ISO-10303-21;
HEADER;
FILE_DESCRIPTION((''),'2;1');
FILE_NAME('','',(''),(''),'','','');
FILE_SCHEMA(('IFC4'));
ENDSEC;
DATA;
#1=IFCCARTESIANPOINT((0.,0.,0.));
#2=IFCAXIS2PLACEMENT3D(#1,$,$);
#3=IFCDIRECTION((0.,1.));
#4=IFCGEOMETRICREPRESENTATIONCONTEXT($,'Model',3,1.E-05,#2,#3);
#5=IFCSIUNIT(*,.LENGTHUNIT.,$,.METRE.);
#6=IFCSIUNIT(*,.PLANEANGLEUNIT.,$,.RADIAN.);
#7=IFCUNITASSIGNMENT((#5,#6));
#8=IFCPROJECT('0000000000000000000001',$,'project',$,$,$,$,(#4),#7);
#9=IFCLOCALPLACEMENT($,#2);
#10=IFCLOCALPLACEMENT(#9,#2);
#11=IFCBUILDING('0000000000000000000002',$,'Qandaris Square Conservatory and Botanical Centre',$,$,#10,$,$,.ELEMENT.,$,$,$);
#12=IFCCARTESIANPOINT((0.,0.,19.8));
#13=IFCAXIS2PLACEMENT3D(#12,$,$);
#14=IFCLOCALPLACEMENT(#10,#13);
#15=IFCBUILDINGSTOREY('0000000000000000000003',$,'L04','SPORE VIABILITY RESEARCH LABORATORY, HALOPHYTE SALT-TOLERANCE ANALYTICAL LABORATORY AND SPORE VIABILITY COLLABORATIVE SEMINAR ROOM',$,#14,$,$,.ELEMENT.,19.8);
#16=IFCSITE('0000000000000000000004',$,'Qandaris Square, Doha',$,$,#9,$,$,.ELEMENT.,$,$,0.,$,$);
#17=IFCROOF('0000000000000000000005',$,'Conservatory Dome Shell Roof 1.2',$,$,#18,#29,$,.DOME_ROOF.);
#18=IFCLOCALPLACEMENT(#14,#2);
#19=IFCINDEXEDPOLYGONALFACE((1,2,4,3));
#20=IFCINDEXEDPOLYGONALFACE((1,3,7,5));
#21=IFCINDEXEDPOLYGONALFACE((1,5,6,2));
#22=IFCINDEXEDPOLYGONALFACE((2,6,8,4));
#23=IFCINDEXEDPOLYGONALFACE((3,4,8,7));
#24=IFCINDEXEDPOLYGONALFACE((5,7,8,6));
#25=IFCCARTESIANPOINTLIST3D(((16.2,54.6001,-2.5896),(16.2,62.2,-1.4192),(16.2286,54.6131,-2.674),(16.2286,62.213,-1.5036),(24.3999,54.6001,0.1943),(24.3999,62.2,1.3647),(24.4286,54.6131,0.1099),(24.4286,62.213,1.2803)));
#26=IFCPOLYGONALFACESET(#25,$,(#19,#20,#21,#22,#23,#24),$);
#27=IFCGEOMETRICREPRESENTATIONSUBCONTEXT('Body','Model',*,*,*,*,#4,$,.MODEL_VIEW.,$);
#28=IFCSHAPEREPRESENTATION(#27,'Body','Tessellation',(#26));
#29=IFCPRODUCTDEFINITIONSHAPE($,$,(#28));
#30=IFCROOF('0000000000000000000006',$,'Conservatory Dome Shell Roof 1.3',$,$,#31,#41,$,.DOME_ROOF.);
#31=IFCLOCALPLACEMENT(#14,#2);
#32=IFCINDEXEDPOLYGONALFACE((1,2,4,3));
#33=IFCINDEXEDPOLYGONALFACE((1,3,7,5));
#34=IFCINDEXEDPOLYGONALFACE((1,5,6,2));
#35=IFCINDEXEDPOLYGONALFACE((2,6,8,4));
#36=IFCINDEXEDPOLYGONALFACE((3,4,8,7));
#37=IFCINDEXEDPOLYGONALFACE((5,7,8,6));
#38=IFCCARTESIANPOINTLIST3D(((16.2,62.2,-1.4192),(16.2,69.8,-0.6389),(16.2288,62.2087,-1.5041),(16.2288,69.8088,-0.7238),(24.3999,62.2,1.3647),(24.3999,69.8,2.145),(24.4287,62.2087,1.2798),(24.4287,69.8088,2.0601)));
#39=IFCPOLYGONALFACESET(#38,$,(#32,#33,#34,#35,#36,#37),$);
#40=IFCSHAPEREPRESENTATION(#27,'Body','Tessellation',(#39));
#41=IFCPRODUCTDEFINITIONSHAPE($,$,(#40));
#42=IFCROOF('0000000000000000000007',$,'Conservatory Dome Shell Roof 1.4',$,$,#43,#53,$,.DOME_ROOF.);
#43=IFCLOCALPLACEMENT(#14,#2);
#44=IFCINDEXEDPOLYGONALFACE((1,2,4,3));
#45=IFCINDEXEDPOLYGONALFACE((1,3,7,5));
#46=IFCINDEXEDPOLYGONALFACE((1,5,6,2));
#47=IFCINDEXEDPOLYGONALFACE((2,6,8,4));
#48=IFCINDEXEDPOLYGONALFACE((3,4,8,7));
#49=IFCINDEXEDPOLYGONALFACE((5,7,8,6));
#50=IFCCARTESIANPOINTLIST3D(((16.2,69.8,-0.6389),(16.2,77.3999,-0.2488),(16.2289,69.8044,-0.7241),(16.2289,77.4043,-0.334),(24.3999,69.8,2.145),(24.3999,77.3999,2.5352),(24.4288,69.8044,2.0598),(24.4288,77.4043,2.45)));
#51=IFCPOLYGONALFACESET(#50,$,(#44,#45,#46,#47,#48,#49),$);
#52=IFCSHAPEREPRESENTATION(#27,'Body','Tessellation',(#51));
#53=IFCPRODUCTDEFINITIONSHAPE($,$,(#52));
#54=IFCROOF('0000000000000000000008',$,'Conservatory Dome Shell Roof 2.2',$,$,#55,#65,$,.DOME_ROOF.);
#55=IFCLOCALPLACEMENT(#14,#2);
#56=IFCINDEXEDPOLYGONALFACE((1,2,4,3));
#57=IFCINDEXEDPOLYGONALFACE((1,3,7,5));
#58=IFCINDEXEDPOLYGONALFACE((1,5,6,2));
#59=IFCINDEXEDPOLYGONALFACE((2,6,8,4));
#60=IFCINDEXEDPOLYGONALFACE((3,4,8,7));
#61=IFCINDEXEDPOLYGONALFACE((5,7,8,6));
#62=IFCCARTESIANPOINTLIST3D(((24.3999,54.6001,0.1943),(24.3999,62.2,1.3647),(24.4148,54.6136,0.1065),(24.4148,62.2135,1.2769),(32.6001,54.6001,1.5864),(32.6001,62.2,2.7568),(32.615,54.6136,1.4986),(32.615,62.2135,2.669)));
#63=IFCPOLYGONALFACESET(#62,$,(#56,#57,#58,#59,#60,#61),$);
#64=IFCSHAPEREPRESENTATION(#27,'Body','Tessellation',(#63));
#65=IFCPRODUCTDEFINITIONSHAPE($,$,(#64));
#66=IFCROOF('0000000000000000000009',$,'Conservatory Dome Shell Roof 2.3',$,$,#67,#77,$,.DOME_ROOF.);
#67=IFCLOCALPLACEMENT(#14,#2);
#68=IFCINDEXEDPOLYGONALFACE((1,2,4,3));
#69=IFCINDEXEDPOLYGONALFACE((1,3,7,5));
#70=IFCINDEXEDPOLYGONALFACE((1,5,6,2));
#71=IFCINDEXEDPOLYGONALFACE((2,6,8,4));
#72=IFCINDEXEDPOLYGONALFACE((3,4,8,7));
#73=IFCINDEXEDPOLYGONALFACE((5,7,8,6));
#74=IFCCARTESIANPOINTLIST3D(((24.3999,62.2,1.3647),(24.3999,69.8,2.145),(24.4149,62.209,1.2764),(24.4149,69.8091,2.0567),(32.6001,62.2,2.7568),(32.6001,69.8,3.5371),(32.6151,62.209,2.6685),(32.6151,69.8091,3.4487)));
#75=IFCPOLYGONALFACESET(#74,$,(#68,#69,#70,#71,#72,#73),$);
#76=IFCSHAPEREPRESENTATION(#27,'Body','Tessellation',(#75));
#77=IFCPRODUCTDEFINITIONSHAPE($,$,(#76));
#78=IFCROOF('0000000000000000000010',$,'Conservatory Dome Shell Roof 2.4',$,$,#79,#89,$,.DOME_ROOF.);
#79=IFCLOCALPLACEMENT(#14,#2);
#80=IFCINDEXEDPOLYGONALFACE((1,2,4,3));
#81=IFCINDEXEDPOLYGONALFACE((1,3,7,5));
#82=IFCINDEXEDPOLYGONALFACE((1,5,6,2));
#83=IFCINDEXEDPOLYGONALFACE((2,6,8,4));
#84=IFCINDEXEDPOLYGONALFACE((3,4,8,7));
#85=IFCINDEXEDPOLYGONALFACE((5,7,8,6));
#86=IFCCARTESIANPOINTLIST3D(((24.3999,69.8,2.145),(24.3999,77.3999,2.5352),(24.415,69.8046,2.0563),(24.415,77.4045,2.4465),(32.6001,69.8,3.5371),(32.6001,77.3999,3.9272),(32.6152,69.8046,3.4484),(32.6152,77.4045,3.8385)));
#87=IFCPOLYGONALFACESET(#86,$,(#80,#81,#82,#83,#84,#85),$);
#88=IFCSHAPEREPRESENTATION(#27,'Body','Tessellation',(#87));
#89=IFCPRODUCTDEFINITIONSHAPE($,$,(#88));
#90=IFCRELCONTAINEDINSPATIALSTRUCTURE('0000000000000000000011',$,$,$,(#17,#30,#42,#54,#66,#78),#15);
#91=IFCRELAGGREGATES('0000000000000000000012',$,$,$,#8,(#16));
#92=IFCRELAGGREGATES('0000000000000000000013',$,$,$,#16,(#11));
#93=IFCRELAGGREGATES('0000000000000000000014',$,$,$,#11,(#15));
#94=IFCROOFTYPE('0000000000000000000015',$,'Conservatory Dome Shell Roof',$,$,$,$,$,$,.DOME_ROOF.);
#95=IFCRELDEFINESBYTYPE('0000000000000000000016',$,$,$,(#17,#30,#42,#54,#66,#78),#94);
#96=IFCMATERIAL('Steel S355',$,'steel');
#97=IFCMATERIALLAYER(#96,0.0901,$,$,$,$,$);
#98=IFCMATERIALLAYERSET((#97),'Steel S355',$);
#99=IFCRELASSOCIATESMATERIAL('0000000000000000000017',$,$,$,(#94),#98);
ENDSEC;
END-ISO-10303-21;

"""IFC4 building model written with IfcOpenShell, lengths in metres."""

from ifc_helpers import new_model, si_unit, direction, frame, origin, place, context, subcontext, project, spatial, polyline, outline, extrude, material, layer, layer_set, type_object, element, save


model = new_model("IFC4")

# Units and contexts
model_context = context("Model", 3, precision=1e-05, world=origin(), true_north=direction((0.0, 1.0)))
body_context = subcontext(model_context, "Body", "Model", "MODEL_VIEW")
ifc_project = project(units=[si_unit("LENGTHUNIT", "METRE"), si_unit("PLANEANGLEUNIT", "RADIAN")], contexts=[model_context])

# Site, building, storey
site_placement = place(None, origin())
site = spatial("IfcSite", under=ifc_project, at=site_placement, Name="Qandaris Square, Doha", CompositionType="ELEMENT", RefElevation=0.0)
building_placement = place(site_placement, origin())
building = spatial("IfcBuilding", under=site, at=building_placement, Name="Qandaris Square Conservatory and Botanical Centre", CompositionType="ELEMENT")
storey_placement = place(building_placement, frame((0.0, 0.0, 19.8)))
storey = spatial("IfcBuildingStorey", under=building, at=storey_placement, Name="L04", Description="SPORE VIABILITY RESEARCH LABORATORY, HALOPHYTE SALT-TOLERANCE ANALYTICAL LABORATORY AND SPORE VIABILITY COLLABORATIVE SEMINAR ROOM", CompositionType="ELEMENT", Elevation=19.8)

# Shared definitions
ifc_material = material(Name="Steel S355", Category="steel")

# Roofs
ifc_layer_1 = layer(ifc_material, 0.0901)
ifc_layer_set_1 = layer_set([ifc_layer_1], Name="Steel S355")
roof_type = type_object("IfcRoofType", Name="Conservatory Dome Shell Roof", PredefinedType="DOME_ROOF", material=ifc_layer_set_1)
roof_1_placement = place(storey_placement, frame((16.2, 54.6001, -2.5896), z_axis=(-0.318119, -0.144303, 0.937004), x_axis=(0.946915, 0.0, 0.321484)))
element("IfcRoof", 1, at=roof_1_placement, inside=storey, type_object=roof_type, Name="Conservatory Dome Shell Roof 1.2", PredefinedType="DOME_ROOF", context=body_context, shape_type="SweptSolid", body=[
    extrude(outline(polyline([(0.0, 0.0), (8.6596, 0.0), (9.0359, 7.6802), (0.3763, 7.6802), (0.0, 0.0)])), origin(), (0.0, 0.0, -1.0), 0.0901),
])
roof_2_placement = place(storey_placement, frame((16.2, 62.2, -1.4192), z_axis=(-0.319975, -0.09676, 0.942472), x_axis=(0.946915, 0.0, 0.321484)))
element("IfcRoof", 2, at=roof_2_placement, inside=storey, type_object=roof_type, Name="Conservatory Dome Shell Roof 1.3", PredefinedType="DOME_ROOF", context=body_context, shape_type="SweptSolid", body=[
    extrude(outline(polyline([(0.0, 0.0), (8.6596, 0.0), (8.9105, 7.6359), (0.2508, 7.6359), (0.0, 0.0)])), origin(), (0.0, 0.0, -1.0), 0.0901),
])
roof_3_placement = place(storey_placement, frame((16.2, 69.8, -0.6389), z_axis=(-0.321105, -0.048552, 0.945798), x_axis=(0.946915, 0.0, 0.321484)))
element("IfcRoof", 3, at=roof_3_placement, inside=storey, type_object=roof_type, Name="Conservatory Dome Shell Roof 1.4", PredefinedType="DOME_ROOF", context=body_context, shape_type="SweptSolid", body=[
    extrude(outline(polyline([(0.0, 0.0), (8.6596, 0.0), (8.7851, 7.6088), (0.1254, 7.6088), (0.0, 0.0)])), origin(), (0.0, 0.0, -1.0), 0.0901),
])
roof_4_placement = place(storey_placement, frame((24.3999, 54.6001, 0.1943), z_axis=(-0.165472, -0.150112, 0.974723), x_axis=(0.985894, 0.0, 0.167368)))
element("IfcRoof", 4, at=roof_4_placement, inside=storey, type_object=roof_type, Name="Conservatory Dome Shell Roof 2.2", PredefinedType="DOME_ROOF", context=body_context, shape_type="SweptSolid", body=[
    extrude(outline(polyline([(0.0, 0.0), (8.3175, 0.0), (8.5134, 7.687), (0.1959, 7.687), (0.0, 0.0)])), origin(), (0.0, 0.0, -1.0), 0.0901),
])
roof_5_placement = place(storey_placement, frame((24.3999, 62.2, 1.3647), z_axis=(-0.166518, -0.100704, 0.980883), x_axis=(0.985894, 0.0, 0.167368)))
element("IfcRoof", 5, at=roof_5_placement, inside=storey, type_object=roof_type, Name="Conservatory Dome Shell Roof 2.3", PredefinedType="DOME_ROOF", context=body_context, shape_type="SweptSolid", body=[
    extrude(outline(polyline([(0.0, 0.0), (8.3175, 0.0), (8.4481, 7.6389), (0.1306, 7.6389), (0.0, 0.0)])), origin(), (0.0, 0.0, -1.0), 0.0901),
])
roof_6_placement = place(storey_placement, frame((24.3999, 69.8, 2.145), z_axis=(-0.167154, -0.050546, 0.984634), x_axis=(0.985894, 0.0, 0.167368)))
element("IfcRoof", 6, at=roof_6_placement, inside=storey, type_object=roof_type, Name="Conservatory Dome Shell Roof 2.4", PredefinedType="DOME_ROOF", context=body_context, shape_type="SweptSolid", body=[
    extrude(outline(polyline([(0.0, 0.0), (8.3175, 0.0), (8.3828, 7.6096), (0.0653, 7.6096), (0.0, 0.0)])), origin(), (0.0, 0.0, -1.0), 0.0901),
])

save(model, "model.ifc")
